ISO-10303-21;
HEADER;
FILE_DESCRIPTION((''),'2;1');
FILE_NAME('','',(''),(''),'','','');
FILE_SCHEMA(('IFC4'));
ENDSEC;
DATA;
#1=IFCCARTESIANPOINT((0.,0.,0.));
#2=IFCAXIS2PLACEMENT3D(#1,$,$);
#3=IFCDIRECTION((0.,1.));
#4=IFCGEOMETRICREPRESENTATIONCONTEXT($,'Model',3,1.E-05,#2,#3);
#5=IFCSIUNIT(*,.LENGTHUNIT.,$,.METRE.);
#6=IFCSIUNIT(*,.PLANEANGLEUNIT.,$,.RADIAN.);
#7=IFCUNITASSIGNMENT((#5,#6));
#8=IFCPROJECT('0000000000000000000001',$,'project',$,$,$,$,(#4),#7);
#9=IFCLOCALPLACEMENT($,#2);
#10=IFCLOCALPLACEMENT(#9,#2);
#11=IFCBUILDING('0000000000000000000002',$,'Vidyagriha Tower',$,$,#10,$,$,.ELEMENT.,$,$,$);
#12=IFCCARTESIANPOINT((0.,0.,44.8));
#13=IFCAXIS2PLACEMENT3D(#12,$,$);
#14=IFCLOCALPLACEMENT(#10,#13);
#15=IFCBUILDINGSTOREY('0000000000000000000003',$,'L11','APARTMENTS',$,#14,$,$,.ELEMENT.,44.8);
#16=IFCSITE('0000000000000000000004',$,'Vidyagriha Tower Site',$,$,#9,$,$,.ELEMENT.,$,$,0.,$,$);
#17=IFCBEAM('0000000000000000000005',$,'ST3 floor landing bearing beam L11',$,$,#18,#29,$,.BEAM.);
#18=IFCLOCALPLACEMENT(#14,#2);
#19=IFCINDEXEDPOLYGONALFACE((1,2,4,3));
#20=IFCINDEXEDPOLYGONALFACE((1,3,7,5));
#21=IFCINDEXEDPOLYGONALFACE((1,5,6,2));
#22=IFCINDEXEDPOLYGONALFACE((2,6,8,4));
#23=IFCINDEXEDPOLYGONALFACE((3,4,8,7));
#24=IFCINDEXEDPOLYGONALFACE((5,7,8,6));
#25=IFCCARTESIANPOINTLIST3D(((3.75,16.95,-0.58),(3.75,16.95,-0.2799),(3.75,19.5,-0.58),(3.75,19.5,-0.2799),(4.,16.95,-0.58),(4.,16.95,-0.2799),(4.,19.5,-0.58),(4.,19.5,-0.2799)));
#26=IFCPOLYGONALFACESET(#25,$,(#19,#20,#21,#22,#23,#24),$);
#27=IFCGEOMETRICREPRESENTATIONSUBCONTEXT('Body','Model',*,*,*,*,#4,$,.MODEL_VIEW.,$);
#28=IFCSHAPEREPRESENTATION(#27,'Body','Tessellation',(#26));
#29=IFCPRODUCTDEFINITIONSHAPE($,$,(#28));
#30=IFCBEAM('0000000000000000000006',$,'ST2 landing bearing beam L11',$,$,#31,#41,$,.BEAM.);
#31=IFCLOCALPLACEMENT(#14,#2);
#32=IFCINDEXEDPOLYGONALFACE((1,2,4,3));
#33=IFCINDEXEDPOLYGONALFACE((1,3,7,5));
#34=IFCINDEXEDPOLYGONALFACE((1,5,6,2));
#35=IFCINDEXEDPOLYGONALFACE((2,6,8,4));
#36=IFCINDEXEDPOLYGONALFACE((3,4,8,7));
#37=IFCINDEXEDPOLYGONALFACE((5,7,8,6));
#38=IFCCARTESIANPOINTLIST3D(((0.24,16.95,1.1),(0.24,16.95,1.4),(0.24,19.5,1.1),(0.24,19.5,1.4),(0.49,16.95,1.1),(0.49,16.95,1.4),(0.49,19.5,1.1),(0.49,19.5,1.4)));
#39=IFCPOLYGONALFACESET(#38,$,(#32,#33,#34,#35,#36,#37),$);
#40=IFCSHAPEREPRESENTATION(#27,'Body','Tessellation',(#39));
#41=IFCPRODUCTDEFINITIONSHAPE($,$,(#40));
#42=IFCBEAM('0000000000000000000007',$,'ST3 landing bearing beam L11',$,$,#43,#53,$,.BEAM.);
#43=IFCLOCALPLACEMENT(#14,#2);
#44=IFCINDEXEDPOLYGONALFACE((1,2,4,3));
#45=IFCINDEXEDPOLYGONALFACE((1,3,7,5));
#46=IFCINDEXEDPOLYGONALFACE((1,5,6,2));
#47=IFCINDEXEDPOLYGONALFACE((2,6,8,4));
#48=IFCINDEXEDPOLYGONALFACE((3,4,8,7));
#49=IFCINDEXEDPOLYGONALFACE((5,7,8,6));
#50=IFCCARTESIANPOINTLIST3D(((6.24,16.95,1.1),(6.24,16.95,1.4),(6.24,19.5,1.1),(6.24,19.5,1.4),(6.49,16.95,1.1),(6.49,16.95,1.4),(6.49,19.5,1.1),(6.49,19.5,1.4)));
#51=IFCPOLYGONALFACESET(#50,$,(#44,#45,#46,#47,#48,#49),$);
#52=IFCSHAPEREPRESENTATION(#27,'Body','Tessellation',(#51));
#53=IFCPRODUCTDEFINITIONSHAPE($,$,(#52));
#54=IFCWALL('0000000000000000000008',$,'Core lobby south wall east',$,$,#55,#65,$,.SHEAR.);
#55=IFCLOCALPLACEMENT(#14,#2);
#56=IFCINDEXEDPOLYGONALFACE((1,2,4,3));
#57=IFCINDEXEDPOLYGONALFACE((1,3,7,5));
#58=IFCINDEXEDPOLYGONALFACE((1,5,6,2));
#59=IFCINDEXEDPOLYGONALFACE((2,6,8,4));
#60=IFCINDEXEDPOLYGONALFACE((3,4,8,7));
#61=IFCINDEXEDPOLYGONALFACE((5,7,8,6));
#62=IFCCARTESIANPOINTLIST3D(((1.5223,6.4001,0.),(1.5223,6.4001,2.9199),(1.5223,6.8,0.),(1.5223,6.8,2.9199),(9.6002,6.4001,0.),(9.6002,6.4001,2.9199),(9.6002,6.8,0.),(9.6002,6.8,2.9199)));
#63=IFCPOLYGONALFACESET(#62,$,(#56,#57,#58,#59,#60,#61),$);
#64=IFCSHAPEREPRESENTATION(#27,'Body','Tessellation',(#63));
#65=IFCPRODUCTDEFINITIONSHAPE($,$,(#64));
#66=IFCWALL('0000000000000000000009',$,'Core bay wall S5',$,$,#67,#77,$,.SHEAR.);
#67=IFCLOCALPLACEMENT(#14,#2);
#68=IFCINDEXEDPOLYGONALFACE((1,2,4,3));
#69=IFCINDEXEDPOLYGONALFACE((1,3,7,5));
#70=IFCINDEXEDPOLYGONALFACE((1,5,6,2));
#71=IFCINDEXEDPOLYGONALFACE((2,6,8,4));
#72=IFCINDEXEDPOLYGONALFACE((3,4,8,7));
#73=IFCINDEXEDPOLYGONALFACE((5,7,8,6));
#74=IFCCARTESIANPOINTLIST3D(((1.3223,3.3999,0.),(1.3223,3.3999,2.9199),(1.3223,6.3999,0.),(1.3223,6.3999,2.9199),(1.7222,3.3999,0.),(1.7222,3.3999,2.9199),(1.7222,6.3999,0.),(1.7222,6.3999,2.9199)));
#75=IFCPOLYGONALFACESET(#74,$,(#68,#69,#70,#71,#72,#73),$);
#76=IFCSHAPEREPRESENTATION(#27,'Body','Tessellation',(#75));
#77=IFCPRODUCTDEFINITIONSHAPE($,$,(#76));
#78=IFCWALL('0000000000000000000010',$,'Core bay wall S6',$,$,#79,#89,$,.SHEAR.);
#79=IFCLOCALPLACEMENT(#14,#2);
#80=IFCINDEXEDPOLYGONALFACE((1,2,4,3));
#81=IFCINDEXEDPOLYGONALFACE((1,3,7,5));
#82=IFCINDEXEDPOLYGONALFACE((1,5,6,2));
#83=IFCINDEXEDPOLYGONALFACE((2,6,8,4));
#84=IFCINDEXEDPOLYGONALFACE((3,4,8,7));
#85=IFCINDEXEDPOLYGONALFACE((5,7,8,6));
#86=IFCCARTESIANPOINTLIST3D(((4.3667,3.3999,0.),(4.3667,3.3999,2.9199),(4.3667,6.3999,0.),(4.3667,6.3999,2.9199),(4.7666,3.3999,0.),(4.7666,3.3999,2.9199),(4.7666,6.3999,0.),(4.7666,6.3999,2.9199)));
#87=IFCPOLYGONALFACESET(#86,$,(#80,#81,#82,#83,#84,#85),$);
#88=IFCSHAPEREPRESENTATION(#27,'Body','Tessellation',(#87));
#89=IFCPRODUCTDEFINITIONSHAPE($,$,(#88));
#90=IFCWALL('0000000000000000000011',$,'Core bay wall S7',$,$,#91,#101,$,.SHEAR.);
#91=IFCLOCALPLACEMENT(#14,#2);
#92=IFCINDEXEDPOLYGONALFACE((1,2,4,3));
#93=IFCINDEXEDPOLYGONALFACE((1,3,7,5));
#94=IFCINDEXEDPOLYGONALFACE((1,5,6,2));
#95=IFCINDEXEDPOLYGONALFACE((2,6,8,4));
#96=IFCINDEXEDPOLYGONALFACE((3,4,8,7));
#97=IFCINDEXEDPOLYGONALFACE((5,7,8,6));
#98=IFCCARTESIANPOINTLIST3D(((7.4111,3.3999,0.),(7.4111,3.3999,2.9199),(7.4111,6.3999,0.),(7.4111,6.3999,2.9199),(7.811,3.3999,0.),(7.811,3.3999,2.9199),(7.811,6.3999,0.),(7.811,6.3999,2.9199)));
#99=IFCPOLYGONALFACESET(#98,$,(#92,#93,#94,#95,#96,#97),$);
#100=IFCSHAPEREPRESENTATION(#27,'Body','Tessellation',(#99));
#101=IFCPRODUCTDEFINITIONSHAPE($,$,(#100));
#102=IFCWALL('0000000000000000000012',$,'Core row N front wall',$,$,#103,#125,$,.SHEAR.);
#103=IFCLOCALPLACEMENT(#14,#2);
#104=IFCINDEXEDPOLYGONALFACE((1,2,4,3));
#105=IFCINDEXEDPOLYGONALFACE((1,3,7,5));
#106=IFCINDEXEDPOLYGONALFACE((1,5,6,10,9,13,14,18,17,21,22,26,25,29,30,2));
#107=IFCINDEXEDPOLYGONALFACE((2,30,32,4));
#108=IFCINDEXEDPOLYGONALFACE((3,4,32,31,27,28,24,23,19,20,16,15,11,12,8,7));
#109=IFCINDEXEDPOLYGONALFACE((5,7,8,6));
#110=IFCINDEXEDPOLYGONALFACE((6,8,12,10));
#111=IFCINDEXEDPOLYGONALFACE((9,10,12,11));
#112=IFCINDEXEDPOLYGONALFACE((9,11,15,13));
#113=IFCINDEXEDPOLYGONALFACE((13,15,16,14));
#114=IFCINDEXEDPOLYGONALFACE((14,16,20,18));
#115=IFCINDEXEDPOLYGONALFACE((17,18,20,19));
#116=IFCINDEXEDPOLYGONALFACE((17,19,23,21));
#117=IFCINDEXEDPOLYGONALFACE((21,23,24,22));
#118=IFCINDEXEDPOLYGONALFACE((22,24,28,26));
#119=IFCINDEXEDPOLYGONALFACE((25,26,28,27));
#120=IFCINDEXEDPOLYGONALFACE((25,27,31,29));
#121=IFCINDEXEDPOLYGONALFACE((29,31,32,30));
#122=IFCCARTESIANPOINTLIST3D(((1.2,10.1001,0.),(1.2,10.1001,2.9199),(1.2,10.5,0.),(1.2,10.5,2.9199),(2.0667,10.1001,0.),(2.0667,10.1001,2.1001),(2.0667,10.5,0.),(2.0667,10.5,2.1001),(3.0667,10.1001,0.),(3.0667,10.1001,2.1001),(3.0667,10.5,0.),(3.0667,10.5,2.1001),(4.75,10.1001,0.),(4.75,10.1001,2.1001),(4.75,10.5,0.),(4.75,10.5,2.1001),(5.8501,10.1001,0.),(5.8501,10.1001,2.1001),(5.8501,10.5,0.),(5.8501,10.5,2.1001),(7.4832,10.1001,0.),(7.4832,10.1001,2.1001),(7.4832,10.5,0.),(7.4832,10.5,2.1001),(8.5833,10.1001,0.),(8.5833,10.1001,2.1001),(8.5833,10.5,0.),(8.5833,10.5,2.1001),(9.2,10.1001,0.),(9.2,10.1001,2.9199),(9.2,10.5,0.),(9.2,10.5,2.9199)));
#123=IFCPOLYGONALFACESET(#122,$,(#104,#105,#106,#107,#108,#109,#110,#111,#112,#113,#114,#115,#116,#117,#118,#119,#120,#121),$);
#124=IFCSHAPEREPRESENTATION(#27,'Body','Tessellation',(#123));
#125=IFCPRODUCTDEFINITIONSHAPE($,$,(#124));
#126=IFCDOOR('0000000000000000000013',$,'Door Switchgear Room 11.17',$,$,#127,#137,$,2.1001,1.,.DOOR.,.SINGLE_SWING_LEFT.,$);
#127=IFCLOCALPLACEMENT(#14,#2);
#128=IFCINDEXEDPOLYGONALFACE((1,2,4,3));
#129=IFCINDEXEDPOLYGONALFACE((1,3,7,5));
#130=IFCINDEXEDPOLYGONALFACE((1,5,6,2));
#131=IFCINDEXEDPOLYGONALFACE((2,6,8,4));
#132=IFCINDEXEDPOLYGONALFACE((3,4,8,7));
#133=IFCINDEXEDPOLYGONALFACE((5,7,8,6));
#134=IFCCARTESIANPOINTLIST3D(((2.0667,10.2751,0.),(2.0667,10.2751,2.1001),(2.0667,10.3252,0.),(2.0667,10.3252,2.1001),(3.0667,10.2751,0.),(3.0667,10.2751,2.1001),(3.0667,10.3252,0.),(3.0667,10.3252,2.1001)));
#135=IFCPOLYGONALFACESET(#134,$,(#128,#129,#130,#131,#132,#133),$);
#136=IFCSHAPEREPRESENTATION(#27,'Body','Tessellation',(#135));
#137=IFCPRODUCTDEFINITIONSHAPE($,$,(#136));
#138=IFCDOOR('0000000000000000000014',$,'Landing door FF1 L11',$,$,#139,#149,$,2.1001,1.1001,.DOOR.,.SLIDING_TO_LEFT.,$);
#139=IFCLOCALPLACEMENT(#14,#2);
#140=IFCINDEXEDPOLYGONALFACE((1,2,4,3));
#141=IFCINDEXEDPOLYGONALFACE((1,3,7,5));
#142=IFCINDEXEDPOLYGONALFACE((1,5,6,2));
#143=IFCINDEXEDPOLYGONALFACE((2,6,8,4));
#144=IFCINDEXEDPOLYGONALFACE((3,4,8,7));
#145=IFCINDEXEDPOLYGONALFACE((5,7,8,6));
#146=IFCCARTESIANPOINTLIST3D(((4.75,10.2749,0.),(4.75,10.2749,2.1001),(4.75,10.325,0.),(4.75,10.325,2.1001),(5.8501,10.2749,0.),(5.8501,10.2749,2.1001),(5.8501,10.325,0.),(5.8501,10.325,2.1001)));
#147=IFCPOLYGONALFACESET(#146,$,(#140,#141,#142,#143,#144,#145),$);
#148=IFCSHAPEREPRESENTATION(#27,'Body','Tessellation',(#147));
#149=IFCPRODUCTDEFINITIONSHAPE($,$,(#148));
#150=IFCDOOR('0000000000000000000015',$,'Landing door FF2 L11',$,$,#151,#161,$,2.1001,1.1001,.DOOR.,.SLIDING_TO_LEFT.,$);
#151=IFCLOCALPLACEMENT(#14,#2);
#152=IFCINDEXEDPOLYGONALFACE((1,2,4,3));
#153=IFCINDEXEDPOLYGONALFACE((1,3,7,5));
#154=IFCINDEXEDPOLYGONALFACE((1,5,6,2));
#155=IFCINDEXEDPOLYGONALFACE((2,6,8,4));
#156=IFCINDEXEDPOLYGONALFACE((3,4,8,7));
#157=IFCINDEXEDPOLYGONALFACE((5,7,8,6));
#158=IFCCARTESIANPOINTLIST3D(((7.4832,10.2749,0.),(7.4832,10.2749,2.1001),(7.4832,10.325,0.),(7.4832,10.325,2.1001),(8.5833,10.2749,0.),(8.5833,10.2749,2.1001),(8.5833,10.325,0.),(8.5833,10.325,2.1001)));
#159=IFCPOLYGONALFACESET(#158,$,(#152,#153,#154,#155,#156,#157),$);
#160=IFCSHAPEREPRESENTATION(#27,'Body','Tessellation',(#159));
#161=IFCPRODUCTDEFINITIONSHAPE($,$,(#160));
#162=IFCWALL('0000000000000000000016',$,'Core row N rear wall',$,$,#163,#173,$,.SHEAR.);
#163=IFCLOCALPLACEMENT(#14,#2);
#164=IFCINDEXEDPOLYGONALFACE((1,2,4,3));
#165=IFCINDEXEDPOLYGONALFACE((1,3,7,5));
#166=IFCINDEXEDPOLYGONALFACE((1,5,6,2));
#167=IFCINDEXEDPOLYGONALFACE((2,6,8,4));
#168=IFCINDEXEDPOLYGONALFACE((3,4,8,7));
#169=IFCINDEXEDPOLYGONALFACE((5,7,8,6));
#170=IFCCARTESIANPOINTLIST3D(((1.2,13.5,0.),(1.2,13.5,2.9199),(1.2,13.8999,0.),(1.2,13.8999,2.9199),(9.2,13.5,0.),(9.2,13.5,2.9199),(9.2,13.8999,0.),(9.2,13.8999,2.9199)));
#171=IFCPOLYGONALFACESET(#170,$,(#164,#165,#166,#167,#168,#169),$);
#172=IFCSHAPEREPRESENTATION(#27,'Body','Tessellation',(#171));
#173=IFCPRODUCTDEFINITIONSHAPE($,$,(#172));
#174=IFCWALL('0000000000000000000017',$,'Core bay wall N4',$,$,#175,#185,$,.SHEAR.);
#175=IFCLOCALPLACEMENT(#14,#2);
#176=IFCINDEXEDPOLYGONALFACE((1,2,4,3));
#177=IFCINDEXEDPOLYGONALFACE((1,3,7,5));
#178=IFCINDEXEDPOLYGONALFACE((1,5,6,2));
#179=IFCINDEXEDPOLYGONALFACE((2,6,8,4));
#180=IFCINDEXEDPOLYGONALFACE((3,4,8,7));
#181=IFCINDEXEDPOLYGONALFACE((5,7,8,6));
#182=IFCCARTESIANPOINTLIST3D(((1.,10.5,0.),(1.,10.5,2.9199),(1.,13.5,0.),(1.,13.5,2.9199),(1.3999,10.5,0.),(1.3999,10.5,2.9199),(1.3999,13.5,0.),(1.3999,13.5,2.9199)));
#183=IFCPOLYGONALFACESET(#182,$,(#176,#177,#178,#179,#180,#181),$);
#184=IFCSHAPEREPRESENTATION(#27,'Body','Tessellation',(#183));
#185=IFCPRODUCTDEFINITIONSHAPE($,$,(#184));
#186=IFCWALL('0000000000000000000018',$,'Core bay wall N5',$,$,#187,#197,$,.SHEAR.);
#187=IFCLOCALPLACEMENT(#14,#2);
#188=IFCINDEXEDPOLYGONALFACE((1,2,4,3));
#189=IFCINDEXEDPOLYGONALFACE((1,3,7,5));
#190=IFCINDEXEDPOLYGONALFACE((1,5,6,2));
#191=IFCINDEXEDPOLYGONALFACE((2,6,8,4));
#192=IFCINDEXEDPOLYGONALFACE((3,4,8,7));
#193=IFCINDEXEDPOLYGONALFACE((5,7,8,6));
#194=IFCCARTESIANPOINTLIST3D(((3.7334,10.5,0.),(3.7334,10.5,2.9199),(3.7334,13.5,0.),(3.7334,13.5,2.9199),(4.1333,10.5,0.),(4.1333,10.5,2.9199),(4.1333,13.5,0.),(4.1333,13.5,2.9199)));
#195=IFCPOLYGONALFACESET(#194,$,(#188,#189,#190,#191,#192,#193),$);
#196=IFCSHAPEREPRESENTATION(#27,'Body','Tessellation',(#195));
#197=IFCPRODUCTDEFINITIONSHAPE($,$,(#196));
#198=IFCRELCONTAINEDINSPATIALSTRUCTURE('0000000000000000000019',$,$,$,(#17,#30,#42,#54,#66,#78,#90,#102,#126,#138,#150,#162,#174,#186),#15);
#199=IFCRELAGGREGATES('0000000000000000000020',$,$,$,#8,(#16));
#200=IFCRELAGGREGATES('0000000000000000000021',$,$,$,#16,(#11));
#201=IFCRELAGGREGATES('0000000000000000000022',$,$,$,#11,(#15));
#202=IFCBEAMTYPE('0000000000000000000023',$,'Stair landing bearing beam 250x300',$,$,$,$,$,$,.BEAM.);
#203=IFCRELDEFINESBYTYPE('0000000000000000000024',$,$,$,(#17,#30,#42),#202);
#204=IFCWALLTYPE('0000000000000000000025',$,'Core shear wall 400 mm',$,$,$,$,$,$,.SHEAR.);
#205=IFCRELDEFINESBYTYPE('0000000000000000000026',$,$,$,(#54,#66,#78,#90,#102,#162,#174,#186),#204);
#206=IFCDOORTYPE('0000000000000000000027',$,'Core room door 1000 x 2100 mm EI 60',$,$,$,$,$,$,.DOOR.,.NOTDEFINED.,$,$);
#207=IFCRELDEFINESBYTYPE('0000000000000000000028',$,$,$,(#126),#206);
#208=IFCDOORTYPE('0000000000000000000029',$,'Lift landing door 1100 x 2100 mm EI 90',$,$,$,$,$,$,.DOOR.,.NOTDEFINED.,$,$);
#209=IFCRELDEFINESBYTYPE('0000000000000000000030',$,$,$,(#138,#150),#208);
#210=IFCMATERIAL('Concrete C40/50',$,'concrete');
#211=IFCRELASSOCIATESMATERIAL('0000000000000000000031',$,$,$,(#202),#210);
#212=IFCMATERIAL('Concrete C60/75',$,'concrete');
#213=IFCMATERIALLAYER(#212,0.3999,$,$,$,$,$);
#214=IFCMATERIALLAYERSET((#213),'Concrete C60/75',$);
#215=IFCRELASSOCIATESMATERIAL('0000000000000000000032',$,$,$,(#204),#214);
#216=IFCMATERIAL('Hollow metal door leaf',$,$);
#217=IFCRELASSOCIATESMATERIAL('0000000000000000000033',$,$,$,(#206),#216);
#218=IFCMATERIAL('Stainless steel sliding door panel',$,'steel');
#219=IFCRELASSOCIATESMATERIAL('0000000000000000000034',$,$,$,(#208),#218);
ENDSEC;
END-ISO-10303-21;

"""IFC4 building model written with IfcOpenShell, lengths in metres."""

from ifc_helpers import new_model, si_unit, direction, frame, frame_2d, origin, origin_2d, place, context, subcontext, project, spatial, rectangle, extrude, material, layer, layer_set, material_profile, profile_set, type_object, element, fill, save


model = new_model("IFC4")

# Units and contexts
model_context = context("Model", 3, precision=1e-05, world=origin(), true_north=direction((0.0, 1.0)))
body_context = subcontext(model_context, "Body", "Model", "MODEL_VIEW")
ifc_project = project(units=[si_unit("LENGTHUNIT", "METRE"), si_unit("PLANEANGLEUNIT", "RADIAN")], contexts=[model_context])

# Site, building, storey
site_placement = place(None, origin())
site = spatial("IfcSite", under=ifc_project, at=site_placement, Name="Vidyagriha Tower Site", CompositionType="ELEMENT", RefElevation=0.0)
building_placement = place(site_placement, origin())
building = spatial("IfcBuilding", under=site, at=building_placement, Name="Vidyagriha Tower", CompositionType="ELEMENT")
storey_placement = place(building_placement, frame((0.0, 0.0, 44.8)))
storey = spatial("IfcBuildingStorey", under=building, at=storey_placement, Name="L11", Description="APARTMENTS", CompositionType="ELEMENT", Elevation=44.8)

# Beams
ifc_material_1 = material(Name="Concrete C40/50", Category="concrete")
ifc_material_profile = material_profile(ifc_material_1, rectangle(XDim=0.25, YDim=0.3, at=origin_2d()), Name="Stair landing bearing beam 250x300")
ifc_profile_set = profile_set([ifc_material_profile], Name="Concrete C40/50")
beam_type = type_object("IfcBeamType", Name="Stair landing bearing beam 250x300", PredefinedType="BEAM", material=ifc_profile_set)
for number, where, z_axis, x_axis, name in (
    (1, (3.875, 16.95, -0.4299), (0.0, 1.0, 0.0), (-1.0, 0.0, 0.0), "ST3 floor landing bearing beam L11"),
    (2, (0.365, 16.95, 1.25), (0.0, 1.0, 0.0), (-1.0, 0.0, 0.0), "ST2 landing bearing beam L11"),
    (3, (6.365, 16.95, 1.25), (0.0, 1.0, 0.0), (-1.0, 0.0, 0.0), "ST3 landing bearing beam L11"),
):
    element("IfcBeam", number, at=place(storey_placement, frame(where, z_axis=z_axis, x_axis=x_axis)), inside=storey, type_object=beam_type, Name=name, PredefinedType="BEAM", context=body_context, shape_type="SweptSolid", body=[
        extrude(rectangle(XDim=0.25, YDim=0.3, at=origin_2d()), origin(), (0.0, 0.0, 1.0), 2.55),
    ])

# Walls
ifc_material_2 = material(Name="Concrete C60/75", Category="concrete")
ifc_layer_1 = layer(ifc_material_2, 0.3999)
ifc_layer_set_1 = layer_set([ifc_layer_1], Name="Concrete C60/75")
wall_type_1 = type_object("IfcWallType", Name="Core shear wall 400 mm", PredefinedType="SHEAR", material=ifc_layer_set_1)
wall_1_placement = place(storey_placement, frame((1.5222, 6.6001, 0.0)))
element("IfcWall", 4, at=wall_1_placement, inside=storey, type_object=wall_type_1, Name="Core lobby south wall east", PredefinedType="SHEAR", context=body_context, shape_type="SweptSolid", body=[
    extrude(rectangle(XDim=8.0779, YDim=0.3999, at=frame_2d((4.0391, 0.0))), origin(), (0.0, 0.0, 1.0), 2.9199),
])
for number, where, z_axis, x_axis, name in (
    (5, (1.5222, 3.3999, 0.0), (0.0, 0.0, 1.0), (0.0, 1.0, 0.0), "Core bay wall S5"),
    (6, (4.5667, 3.3999, 0.0), (0.0, 0.0, 1.0), (0.0, 1.0, 0.0), "Core bay wall S6"),
    (7, (7.6111, 3.3999, 0.0), (0.0, 0.0, 1.0), (0.0, 1.0, 0.0), "Core bay wall S7"),
):
    element("IfcWall", number, at=place(storey_placement, frame(where, z_axis=z_axis, x_axis=x_axis)), inside=storey, type_object=wall_type_1, Name=name, PredefinedType="SHEAR", context=body_context, shape_type="SweptSolid", body=[
        extrude(rectangle(XDim=3.0, YDim=0.3999, at=frame_2d((1.5, 0.0))), origin(), (0.0, 0.0, 1.0), 2.9199),
    ])

# Wall, openings, doors
wall_2_placement = place(storey_placement, frame((1.2, 10.3, 0.0)))
wall_2 = element("IfcWall", 8, at=wall_2_placement, inside=storey, type_object=wall_type_1, Name="Core row N front wall", PredefinedType="SHEAR", context=body_context, shape_type="SweptSolid", body=[
    extrude(rectangle(XDim=8.0, YDim=0.3999, at=frame_2d((4.0, 0.0))), origin(), (0.0, 0.0, 1.0), 2.9199),
])
opening_1_placement = place(wall_2_placement, frame((3.55, 0.0, 0.0)))
opening_1 = element("IfcOpeningElement", 9, at=opening_1_placement, cuts=wall_2, PredefinedType="OPENING", context=body_context, shape_type="SweptSolid", body=[
    extrude(rectangle(XDim=1.1001, YDim=2.1001, at=frame_2d((0.55, 1.05))), frame((0.0, 0.21, 0.0), z_axis=(0.0, -1.0, 0.0), x_axis=(1.0, 0.0, 0.0)), (0.0, 0.0, 1.0), 0.4199),
])
opening_2_placement = place(wall_2_placement, frame((6.2832, 0.0, 0.0)))
opening_2 = element("IfcOpeningElement", 10, at=opening_2_placement, cuts=wall_2, PredefinedType="OPENING", context=body_context, shape_type="SweptSolid", body=[
    extrude(rectangle(XDim=1.1001, YDim=2.1001, at=frame_2d((0.55, 1.05))), frame((0.0, 0.21, 0.0), z_axis=(0.0, -1.0, 0.0), x_axis=(1.0, 0.0, 0.0)), (0.0, 0.0, 1.0), 0.4199),
])
opening_3_placement = place(wall_2_placement, frame((0.8667, 0.0, 0.0)))
opening_3 = element("IfcOpeningElement", 11, at=opening_3_placement, cuts=wall_2, PredefinedType="OPENING", context=body_context, shape_type="SweptSolid", body=[
    extrude(rectangle(XDim=1.0, YDim=2.1001, at=frame_2d((0.5, 1.05))), frame((0.0, 0.21, 0.0), z_axis=(0.0, -1.0, 0.0), x_axis=(1.0, 0.0, 0.0)), (0.0, 0.0, 1.0), 0.4199),
])
ifc_material_3 = material(Name="Hollow metal door leaf")
door_type_1 = type_object("IfcDoorType", Name="Core room door 1000 x 2100 mm EI 60", OperationType="NOTDEFINED", PredefinedType="DOOR", material=ifc_material_3)
door_1_placement = place(opening_3_placement, frame((1.0, 0.0, 0.0), z_axis=(0.0, 0.0, 1.0), x_axis=(-1.0, 0.0, 0.0)))
door_1 = element("IfcDoor", 12, at=door_1_placement, inside=storey, type_object=door_type_1, Name="Door Switchgear Room 11.17", OperationType="SINGLE_SWING_LEFT", OverallHeight=2.1001, OverallWidth=1.0, PredefinedType="DOOR", context=body_context, shape_type="SweptSolid", body=[
    extrude(rectangle(XDim=1.0, YDim=2.1001, at=frame_2d((0.5, 1.05))), frame((0.0, 0.0249, 0.0), z_axis=(0.0, -1.0, 0.0), x_axis=(1.0, 0.0, 0.0)), (0.0, 0.0, 1.0), 0.05),
])
fill(opening_3, door_1)
ifc_material_4 = material(Name="Stainless steel sliding door panel", Category="steel")
door_type_2 = type_object("IfcDoorType", Name="Lift landing door 1100 x 2100 mm EI 90", OperationType="NOTDEFINED", PredefinedType="DOOR", material=ifc_material_4)
door_2_placement = place(opening_1_placement, origin())
door_2 = element("IfcDoor", 13, at=door_2_placement, inside=storey, type_object=door_type_2, Name="Landing door FF1 L11", OperationType="SLIDING_TO_LEFT", OverallHeight=2.1001, OverallWidth=1.1001, PredefinedType="DOOR", context=body_context, shape_type="SweptSolid", body=[
    extrude(rectangle(XDim=1.1001, YDim=2.1001, at=frame_2d((0.55, 1.05))), frame((0.0, 0.0249, 0.0), z_axis=(0.0, -1.0, 0.0), x_axis=(1.0, 0.0, 0.0)), (0.0, 0.0, 1.0), 0.05),
])
fill(opening_1, door_2)
door_3_placement = place(opening_2_placement, origin())
door_3 = element("IfcDoor", 14, at=door_3_placement, inside=storey, type_object=door_type_2, Name="Landing door FF2 L11", OperationType="SLIDING_TO_LEFT", OverallHeight=2.1001, OverallWidth=1.1001, PredefinedType="DOOR", context=body_context, shape_type="SweptSolid", body=[
    extrude(rectangle(XDim=1.1001, YDim=2.1001, at=frame_2d((0.55, 1.05))), frame((0.0, 0.0249, 0.0), z_axis=(0.0, -1.0, 0.0), x_axis=(1.0, 0.0, 0.0)), (0.0, 0.0, 1.0), 0.05),
])
fill(opening_2, door_3)

# Walls
wall_3_placement = place(storey_placement, frame((1.2, 13.7, 0.0)))
element("IfcWall", 15, at=wall_3_placement, inside=storey, type_object=wall_type_1, Name="Core row N rear wall", PredefinedType="SHEAR", context=body_context, shape_type="SweptSolid", body=[
    extrude(rectangle(XDim=8.0, YDim=0.3999, at=frame_2d((4.0, 0.0))), origin(), (0.0, 0.0, 1.0), 2.9199),
])
for number, where, z_axis, x_axis, name in (
    (16, (1.2, 10.5, 0.0), (0.0, 0.0, 1.0), (0.0, 1.0, 0.0), "Core bay wall N4"),
    (17, (3.9333, 10.5, 0.0), (0.0, 0.0, 1.0), (0.0, 1.0, 0.0), "Core bay wall N5"),
):
    element("IfcWall", number, at=place(storey_placement, frame(where, z_axis=z_axis, x_axis=x_axis)), inside=storey, type_object=wall_type_1, Name=name, PredefinedType="SHEAR", context=body_context, shape_type="SweptSolid", body=[
        extrude(rectangle(XDim=3.0, YDim=0.3999, at=frame_2d((1.5, 0.0))), origin(), (0.0, 0.0, 1.0), 2.9199),
    ])

save(model, "model.ifc")
